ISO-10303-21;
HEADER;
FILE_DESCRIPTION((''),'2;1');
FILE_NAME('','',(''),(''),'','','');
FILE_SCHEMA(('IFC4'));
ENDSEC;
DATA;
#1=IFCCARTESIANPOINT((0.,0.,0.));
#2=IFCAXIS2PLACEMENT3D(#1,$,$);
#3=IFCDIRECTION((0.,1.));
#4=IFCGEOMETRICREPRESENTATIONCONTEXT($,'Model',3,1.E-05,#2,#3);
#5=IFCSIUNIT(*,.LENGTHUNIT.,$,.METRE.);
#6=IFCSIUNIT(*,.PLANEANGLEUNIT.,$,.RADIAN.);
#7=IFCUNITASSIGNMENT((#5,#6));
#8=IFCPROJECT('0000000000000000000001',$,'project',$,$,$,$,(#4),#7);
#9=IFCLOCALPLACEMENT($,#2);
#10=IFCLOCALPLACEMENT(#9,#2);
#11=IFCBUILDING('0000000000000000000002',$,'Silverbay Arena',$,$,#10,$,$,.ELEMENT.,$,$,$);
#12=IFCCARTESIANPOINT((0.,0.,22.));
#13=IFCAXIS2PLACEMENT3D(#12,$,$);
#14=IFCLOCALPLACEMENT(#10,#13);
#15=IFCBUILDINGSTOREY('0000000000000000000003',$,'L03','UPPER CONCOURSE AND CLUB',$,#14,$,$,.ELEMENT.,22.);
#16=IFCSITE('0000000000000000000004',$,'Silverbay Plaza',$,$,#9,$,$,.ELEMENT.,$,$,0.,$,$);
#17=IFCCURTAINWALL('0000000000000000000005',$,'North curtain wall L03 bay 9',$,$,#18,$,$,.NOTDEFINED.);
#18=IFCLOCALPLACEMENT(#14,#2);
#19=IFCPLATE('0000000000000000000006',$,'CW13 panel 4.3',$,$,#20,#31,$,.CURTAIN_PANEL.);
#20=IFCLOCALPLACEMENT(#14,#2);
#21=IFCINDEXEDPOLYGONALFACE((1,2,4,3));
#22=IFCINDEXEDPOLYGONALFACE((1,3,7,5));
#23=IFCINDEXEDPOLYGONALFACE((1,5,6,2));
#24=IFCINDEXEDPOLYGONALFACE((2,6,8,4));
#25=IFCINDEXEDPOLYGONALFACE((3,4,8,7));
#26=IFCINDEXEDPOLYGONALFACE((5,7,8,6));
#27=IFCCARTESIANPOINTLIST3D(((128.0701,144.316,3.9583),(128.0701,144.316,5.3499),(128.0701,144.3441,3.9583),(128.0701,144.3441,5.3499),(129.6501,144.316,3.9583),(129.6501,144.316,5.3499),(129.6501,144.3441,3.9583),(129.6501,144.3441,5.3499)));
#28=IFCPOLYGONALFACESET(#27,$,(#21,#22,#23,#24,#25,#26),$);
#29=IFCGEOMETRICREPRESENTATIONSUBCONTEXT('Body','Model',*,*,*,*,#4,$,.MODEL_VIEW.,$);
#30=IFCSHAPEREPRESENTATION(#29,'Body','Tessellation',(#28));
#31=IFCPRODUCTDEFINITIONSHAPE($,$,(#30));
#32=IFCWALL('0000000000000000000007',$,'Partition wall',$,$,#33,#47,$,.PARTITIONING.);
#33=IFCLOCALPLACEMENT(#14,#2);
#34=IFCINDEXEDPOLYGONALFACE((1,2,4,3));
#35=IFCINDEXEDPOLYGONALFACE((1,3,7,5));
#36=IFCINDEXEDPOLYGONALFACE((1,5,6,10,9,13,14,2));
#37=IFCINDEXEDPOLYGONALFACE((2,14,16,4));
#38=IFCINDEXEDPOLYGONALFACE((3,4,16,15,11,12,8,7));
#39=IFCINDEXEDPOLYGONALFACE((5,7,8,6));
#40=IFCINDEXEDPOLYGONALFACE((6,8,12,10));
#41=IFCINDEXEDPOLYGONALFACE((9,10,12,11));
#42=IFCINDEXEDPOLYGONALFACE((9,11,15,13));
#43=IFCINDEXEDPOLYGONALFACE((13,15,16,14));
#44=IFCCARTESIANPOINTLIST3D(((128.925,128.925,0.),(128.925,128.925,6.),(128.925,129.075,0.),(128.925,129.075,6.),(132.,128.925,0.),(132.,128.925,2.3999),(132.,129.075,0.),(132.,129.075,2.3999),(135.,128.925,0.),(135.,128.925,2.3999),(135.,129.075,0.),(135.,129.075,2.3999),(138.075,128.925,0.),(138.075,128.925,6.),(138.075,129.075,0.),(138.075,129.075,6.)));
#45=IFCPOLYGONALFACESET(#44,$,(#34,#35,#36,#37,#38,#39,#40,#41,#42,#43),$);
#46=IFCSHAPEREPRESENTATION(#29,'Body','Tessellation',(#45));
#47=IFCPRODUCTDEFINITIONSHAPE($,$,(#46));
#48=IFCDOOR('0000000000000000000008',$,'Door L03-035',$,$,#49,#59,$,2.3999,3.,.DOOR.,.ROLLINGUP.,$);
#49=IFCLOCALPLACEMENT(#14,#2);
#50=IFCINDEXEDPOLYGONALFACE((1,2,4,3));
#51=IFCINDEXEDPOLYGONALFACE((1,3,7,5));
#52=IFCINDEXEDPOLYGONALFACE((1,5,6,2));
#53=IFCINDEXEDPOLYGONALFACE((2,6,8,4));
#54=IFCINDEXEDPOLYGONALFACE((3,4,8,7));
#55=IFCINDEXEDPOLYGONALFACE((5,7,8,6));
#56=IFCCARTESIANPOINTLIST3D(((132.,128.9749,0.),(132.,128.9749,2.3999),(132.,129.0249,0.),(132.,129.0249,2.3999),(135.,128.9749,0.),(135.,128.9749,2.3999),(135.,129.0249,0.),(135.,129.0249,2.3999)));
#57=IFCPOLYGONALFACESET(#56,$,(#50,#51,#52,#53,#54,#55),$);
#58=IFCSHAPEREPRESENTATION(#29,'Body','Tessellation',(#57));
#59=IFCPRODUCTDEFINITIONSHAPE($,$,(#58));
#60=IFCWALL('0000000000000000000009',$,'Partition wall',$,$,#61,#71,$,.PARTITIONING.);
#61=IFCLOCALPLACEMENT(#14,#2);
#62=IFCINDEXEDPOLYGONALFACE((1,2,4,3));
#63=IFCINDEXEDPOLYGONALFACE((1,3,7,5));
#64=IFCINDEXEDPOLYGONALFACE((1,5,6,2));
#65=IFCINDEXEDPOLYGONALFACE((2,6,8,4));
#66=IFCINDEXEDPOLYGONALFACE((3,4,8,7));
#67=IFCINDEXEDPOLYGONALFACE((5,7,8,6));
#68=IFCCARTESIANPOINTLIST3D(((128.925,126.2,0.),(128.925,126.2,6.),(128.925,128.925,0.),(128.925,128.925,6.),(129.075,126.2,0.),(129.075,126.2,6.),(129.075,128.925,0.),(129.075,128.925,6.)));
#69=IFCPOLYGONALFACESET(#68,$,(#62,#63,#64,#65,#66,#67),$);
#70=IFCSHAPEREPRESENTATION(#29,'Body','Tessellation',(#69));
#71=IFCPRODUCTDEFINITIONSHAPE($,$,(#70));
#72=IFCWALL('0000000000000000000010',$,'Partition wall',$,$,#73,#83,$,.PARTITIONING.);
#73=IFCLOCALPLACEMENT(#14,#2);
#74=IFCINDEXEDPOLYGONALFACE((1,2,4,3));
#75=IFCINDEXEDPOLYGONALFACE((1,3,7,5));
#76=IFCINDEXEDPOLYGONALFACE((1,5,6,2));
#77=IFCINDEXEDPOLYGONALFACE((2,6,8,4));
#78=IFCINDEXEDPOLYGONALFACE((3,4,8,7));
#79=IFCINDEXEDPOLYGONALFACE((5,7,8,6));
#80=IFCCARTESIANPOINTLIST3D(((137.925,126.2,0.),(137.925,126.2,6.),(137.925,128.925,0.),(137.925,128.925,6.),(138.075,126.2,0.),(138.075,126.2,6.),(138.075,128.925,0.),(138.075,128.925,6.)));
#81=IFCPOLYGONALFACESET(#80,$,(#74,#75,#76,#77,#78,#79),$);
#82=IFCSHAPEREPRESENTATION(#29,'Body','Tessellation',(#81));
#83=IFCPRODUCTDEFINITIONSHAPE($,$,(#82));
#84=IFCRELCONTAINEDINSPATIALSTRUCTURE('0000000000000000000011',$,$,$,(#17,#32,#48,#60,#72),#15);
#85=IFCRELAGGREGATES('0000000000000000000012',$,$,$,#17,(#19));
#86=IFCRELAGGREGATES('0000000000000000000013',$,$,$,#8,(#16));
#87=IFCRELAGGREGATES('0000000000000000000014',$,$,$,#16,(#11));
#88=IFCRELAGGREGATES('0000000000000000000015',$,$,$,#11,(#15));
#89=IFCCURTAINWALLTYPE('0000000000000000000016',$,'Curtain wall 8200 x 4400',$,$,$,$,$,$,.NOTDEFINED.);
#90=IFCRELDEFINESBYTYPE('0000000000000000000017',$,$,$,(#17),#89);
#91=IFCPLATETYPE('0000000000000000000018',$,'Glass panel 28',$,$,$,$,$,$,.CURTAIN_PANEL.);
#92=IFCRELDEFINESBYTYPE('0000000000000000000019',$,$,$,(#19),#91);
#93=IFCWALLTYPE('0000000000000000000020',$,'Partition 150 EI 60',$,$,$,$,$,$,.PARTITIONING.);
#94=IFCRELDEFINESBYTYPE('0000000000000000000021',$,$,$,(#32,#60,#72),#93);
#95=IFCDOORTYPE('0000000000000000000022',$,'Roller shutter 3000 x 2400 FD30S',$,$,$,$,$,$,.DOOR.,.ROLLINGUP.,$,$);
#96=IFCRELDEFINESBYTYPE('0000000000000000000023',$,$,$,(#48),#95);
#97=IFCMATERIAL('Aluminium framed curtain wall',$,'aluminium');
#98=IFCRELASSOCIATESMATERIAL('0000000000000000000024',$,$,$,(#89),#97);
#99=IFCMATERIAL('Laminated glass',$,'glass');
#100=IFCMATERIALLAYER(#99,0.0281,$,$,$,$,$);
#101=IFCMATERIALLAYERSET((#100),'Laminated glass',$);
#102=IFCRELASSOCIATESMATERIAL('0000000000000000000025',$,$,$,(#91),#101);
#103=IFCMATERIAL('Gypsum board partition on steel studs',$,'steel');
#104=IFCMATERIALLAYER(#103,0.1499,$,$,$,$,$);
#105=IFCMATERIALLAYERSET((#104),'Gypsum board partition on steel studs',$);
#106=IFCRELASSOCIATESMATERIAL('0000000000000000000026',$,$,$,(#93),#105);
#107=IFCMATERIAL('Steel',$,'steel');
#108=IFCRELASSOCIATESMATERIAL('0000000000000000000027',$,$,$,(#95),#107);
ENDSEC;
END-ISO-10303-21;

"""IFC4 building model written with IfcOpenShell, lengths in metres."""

from ifc_helpers import new_model, si_unit, direction, frame, frame_2d, origin, origin_2d, place, context, subcontext, project, spatial, rectangle, extrude, material, layer, layer_set, type_object, element, fill, aggregate, save


model = new_model("IFC4")

# Units and contexts
model_context = context("Model", 3, precision=1e-05, world=origin(), true_north=direction((0.0, 1.0)))
body_context = subcontext(model_context, "Body", "Model", "MODEL_VIEW")
ifc_project = project(units=[si_unit("LENGTHUNIT", "METRE"), si_unit("PLANEANGLEUNIT", "RADIAN")], contexts=[model_context])

# Site, building, storey
site_placement = place(None, origin())
site = spatial("IfcSite", under=ifc_project, at=site_placement, Name="Silverbay Plaza", CompositionType="ELEMENT", RefElevation=0.0)
building_placement = place(site_placement, origin())
building = spatial("IfcBuilding", under=site, at=building_placement, Name="Silverbay Arena", CompositionType="ELEMENT")
storey_placement = place(building_placement, frame((0.0, 0.0, 22.0)))
storey = spatial("IfcBuildingStorey", under=building, at=storey_placement, Name="L03", Description="UPPER CONCOURSE AND CLUB", CompositionType="ELEMENT", Elevation=22.0)

# Curtain wall, plate
ifc_material_1 = material(Name="Aluminium framed curtain wall", Category="aluminium")
curtain_wall_type = type_object("IfcCurtainWallType", Name="Curtain wall 8200 x 4400", PredefinedType="NOTDEFINED", material=ifc_material_1)
curtain_wall_placement = place(storey_placement, origin())
curtain_wall = element("IfcCurtainWall", 1, at=curtain_wall_placement, inside=storey, type_object=curtain_wall_type, Name="North curtain wall L03 bay 9", PredefinedType="NOTDEFINED")
ifc_material_2 = material(Name="Laminated glass", Category="glass")
ifc_layer_1 = layer(ifc_material_2, 0.0281)
ifc_layer_set_1 = layer_set([ifc_layer_1], Name="Laminated glass")
plate_type = type_object("IfcPlateType", Name="Glass panel 28", PredefinedType="CURTAIN_PANEL", material=ifc_layer_set_1)
plate_1_placement = place(storey_placement, frame((128.8601, 144.3301, 3.9583), z_axis=(0.0, 0.0, 1.0), x_axis=(-1.0, 0.0, 0.0)))
plate_1 = element("IfcPlate", 2, at=plate_1_placement, type_object=plate_type, Name="CW13 panel 4.3", PredefinedType="CURTAIN_PANEL", context=body_context, shape_type="SweptSolid", body=[
    extrude(rectangle(XDim=1.5801, YDim=0.0281, at=origin_2d()), origin(), (0.0, 0.0, 1.0), 1.3916),
])
aggregate(curtain_wall, [plate_1])

# Wall, opening, door
ifc_material_3 = material(Name="Gypsum board partition on steel studs", Category="steel")
ifc_layer_2 = layer(ifc_material_3, 0.1499)
ifc_layer_set_2 = layer_set([ifc_layer_2], Name="Gypsum board partition on steel studs")
wall_type_1 = type_object("IfcWallType", Name="Partition 150 EI 60", PredefinedType="PARTITIONING", material=ifc_layer_set_2)
wall_1_placement = place(storey_placement, frame((128.925, 129.0, 0.0), z_axis=(0.0, 0.0, 1.0), x_axis=(1.0, 0.0, 0.0)))
wall_1 = element("IfcWall", 3, at=wall_1_placement, inside=storey, type_object=wall_type_1, Name="Partition wall", PredefinedType="PARTITIONING", context=body_context, shape_type="SweptSolid", body=[
    extrude(rectangle(XDim=9.1499, YDim=0.1499, at=frame_2d((4.575, 0.0))), origin(), (0.0, 0.0, 1.0), 6.0),
])
opening_1_placement = place(wall_1_placement, frame((3.075, 0.0, 0.0)))
opening_1 = element("IfcOpeningElement", 4, at=opening_1_placement, cuts=wall_1, PredefinedType="OPENING", context=body_context, shape_type="SweptSolid", body=[
    extrude(rectangle(XDim=3.0, YDim=2.3999, at=frame_2d((1.5, 1.2))), frame((0.0, 0.085, 0.0), z_axis=(0.0, -1.0, 0.0), x_axis=(1.0, 0.0, 0.0)), (0.0, 0.0, 1.0), 0.1699),
])
ifc_material_4 = material(Name="Steel", Category="steel")
door_type_1 = type_object("IfcDoorType", Name="Roller shutter 3000 x 2400 FD30S", OperationType="ROLLINGUP", PredefinedType="DOOR", material=ifc_material_4)
door_1_placement = place(opening_1_placement, origin())
door_1 = element("IfcDoor", 5, at=door_1_placement, inside=storey, type_object=door_type_1, Name="Door L03-035", OperationType="ROLLINGUP", OverallHeight=2.3999, OverallWidth=3.0, PredefinedType="DOOR", context=body_context, shape_type="SweptSolid", body=[
    extrude(rectangle(XDim=3.0, YDim=2.3999, at=frame_2d((1.5, 1.2))), frame((0.0, 0.0249, 0.0), z_axis=(0.0, -1.0, 0.0), x_axis=(1.0, 0.0, 0.0)), (0.0, 0.0, 1.0), 0.05),
])
fill(opening_1, door_1)

# Walls
for number, where, z_axis, x_axis, name in (
    (6, (129.0, 126.2, 0.0), (0.0, 0.0, 1.0), (0.0, 1.0, 0.0), "Partition wall"),
    (7, (138.0, 126.2, 0.0), (0.0, 0.0, 1.0), (0.0, 1.0, 0.0), "Partition wall"),
):
    element("IfcWall", number, at=place(storey_placement, frame(where, z_axis=z_axis, x_axis=x_axis)), inside=storey, type_object=wall_type_1, Name=name, PredefinedType="PARTITIONING", context=body_context, shape_type="SweptSolid", body=[
        extrude(rectangle(XDim=2.7251, YDim=0.1499, at=frame_2d((1.3625, 0.0))), origin(), (0.0, 0.0, 1.0), 6.0),
    ])

save(model, "model.ifc")
